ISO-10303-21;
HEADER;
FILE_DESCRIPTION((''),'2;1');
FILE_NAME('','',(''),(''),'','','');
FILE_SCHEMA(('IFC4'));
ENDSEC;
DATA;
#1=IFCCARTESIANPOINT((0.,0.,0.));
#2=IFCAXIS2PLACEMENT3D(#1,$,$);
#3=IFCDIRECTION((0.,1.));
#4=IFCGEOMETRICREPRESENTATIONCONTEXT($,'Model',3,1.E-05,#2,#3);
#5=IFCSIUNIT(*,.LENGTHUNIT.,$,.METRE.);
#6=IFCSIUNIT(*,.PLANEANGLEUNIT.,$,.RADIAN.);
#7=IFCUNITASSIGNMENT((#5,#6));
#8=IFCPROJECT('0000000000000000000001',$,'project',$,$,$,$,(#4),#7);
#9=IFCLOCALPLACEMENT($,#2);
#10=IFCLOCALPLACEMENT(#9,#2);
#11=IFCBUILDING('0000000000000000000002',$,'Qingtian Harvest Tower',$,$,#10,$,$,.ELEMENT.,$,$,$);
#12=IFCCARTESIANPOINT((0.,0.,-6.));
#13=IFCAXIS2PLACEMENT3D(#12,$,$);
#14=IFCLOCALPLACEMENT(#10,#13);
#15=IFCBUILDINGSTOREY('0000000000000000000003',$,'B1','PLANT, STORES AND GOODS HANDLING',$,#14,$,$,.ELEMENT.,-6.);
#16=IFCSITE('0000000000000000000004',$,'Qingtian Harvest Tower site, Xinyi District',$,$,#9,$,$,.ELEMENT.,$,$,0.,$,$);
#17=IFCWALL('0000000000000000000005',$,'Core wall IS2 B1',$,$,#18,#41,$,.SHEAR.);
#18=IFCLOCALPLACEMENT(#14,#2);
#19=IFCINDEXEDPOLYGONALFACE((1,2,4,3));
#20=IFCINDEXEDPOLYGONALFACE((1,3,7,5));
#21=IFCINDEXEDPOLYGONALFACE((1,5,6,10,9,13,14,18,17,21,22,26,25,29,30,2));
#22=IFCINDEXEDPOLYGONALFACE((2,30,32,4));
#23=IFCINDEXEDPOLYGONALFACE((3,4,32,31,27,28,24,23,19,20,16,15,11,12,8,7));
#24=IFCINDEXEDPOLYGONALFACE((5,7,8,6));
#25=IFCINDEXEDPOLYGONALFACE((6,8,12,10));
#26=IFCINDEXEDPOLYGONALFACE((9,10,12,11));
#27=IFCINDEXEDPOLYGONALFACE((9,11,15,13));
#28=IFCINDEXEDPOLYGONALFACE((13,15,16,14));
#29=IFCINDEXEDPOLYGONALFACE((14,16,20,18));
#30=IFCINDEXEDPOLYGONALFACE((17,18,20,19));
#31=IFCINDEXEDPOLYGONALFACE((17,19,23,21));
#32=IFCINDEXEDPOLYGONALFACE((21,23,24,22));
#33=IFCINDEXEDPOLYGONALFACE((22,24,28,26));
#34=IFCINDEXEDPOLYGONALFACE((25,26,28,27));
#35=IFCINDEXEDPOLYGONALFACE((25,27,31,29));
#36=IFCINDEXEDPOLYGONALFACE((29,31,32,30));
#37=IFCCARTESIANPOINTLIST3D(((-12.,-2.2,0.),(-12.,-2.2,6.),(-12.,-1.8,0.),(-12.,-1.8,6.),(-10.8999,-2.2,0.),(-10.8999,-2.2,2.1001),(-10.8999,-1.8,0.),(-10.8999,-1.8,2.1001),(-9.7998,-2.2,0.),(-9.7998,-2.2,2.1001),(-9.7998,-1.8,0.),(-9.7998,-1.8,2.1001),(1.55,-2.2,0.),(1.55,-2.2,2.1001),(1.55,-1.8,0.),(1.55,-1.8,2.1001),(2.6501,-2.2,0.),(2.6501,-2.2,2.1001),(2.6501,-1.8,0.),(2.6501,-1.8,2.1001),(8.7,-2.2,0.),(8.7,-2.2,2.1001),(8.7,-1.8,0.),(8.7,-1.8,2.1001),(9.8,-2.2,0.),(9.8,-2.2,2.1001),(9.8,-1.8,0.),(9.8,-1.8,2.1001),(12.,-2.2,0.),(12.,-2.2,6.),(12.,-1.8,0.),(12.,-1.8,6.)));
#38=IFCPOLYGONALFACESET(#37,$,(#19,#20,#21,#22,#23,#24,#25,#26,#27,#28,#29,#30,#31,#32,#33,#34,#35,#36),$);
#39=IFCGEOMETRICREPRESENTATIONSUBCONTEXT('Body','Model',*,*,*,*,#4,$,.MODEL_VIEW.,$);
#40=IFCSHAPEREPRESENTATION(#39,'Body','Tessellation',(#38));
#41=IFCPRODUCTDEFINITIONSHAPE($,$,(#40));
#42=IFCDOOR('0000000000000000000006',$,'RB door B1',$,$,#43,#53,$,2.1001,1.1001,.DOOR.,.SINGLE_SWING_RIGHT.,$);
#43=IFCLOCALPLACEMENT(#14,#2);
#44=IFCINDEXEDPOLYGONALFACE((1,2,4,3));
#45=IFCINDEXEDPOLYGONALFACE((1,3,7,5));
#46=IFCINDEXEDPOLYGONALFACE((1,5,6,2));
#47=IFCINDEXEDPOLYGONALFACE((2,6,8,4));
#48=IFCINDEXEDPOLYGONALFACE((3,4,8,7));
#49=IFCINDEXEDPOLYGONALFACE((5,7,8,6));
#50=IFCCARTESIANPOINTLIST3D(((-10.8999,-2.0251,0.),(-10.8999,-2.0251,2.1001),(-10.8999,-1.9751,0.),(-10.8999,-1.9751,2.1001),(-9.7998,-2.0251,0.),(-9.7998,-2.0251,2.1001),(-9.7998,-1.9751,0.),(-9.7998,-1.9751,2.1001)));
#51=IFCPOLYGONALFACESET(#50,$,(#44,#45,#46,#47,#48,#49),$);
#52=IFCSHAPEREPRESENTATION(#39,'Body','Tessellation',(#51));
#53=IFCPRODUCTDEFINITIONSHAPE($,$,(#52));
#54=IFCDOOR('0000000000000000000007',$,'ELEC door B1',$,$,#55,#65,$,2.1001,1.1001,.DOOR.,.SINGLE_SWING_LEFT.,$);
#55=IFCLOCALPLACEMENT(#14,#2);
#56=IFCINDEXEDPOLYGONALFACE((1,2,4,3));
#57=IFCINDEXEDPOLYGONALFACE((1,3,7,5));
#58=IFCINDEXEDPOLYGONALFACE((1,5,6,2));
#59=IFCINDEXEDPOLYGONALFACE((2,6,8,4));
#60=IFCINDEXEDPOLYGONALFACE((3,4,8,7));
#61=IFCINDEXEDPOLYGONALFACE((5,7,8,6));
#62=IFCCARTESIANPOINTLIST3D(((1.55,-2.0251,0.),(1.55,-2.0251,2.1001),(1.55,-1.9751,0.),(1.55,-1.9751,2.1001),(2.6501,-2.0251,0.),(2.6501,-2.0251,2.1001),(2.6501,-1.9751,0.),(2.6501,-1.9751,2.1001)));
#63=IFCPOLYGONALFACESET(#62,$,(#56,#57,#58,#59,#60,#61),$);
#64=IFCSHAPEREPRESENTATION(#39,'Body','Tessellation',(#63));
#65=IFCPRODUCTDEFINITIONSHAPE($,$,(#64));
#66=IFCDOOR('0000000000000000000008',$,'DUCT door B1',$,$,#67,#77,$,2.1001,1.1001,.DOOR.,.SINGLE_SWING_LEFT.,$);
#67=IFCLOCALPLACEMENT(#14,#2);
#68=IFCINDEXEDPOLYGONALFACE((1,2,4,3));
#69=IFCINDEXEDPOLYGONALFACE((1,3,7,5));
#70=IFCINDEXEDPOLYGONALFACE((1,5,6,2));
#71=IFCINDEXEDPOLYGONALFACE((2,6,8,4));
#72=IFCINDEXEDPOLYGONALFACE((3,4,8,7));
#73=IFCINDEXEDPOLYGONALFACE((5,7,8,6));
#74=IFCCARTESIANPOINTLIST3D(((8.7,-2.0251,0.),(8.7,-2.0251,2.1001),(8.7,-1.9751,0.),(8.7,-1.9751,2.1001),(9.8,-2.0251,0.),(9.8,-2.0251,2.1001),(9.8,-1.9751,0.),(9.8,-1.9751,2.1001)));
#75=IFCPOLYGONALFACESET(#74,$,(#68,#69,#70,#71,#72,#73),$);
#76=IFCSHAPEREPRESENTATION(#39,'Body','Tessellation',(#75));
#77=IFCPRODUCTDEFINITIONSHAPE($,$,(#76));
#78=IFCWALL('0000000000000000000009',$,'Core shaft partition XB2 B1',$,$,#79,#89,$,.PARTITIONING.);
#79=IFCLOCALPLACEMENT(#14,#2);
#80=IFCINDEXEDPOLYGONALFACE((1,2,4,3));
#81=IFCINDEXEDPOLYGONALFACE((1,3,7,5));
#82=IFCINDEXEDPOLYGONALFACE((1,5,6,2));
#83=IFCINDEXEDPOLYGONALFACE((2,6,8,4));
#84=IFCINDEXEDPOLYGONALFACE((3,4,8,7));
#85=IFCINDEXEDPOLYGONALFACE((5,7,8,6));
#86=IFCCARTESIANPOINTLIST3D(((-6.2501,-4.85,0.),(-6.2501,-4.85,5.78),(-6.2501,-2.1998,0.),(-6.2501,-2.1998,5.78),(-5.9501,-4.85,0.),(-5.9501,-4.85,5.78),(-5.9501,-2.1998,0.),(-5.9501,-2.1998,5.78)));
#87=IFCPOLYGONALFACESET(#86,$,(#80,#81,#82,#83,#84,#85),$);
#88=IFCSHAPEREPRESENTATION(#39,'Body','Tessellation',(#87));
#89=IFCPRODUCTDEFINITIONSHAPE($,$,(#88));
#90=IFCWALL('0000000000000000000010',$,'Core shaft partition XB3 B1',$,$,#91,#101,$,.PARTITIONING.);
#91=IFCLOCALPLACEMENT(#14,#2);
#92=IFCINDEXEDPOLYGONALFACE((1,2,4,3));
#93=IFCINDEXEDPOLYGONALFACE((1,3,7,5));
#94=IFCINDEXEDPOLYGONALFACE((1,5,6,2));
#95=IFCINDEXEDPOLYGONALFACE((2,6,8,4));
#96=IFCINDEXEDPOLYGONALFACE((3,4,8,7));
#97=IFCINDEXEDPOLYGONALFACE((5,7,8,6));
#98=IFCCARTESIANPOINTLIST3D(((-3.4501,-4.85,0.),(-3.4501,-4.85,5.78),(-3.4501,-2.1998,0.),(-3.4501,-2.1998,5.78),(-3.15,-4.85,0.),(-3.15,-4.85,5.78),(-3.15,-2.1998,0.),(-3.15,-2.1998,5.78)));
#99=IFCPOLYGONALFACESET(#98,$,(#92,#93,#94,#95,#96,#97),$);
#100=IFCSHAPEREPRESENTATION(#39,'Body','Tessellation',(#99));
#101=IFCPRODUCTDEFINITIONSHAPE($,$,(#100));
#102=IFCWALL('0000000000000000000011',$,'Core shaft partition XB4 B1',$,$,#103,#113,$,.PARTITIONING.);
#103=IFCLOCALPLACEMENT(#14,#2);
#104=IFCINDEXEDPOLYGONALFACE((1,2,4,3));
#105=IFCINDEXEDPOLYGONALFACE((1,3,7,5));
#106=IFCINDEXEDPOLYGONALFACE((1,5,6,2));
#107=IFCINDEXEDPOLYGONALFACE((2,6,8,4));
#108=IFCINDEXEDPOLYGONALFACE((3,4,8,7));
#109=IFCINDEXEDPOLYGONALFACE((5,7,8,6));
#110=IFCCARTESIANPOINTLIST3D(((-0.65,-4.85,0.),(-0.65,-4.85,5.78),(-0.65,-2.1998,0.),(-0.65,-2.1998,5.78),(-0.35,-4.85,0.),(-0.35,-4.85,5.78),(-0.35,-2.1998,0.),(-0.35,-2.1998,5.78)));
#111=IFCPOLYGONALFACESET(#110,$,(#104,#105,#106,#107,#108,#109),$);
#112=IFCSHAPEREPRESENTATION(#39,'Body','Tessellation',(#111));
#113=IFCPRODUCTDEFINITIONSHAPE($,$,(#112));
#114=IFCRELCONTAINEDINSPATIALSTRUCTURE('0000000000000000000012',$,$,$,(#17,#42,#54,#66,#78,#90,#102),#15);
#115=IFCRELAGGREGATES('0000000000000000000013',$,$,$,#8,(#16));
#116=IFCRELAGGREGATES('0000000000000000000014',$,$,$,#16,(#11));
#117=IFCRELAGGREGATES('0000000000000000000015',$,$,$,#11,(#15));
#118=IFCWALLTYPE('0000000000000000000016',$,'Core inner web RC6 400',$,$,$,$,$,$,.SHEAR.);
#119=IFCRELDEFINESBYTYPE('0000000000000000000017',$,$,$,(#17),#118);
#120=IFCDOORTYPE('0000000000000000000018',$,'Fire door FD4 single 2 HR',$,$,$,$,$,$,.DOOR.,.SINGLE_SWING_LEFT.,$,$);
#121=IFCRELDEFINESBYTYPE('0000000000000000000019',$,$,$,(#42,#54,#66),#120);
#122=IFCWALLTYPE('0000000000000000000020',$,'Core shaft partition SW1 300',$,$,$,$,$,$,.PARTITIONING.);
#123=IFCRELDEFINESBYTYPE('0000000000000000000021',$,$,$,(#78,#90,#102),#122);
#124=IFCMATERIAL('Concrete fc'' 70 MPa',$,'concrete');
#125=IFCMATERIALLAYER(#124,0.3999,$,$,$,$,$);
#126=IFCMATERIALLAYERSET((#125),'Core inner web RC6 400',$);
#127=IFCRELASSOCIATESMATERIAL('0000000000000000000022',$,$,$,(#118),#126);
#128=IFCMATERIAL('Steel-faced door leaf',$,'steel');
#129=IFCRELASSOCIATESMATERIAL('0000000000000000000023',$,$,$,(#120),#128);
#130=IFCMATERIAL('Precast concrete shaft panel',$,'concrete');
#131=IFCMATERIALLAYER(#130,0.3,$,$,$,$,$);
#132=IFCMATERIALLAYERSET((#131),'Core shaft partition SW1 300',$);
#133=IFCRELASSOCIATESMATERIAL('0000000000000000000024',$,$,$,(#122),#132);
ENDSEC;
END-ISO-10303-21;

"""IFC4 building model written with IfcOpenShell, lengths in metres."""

from ifc_helpers import new_model, si_unit, direction, frame, frame_2d, origin, place, context, subcontext, project, spatial, rectangle, extrude, material, layer, layer_set, type_object, element, fill, save


model = new_model("IFC4")

# Units and contexts
model_context = context("Model", 3, precision=1e-05, world=origin(), true_north=direction((0.0, 1.0)))
body_context = subcontext(model_context, "Body", "Model", "MODEL_VIEW")
ifc_project = project(units=[si_unit("LENGTHUNIT", "METRE"), si_unit("PLANEANGLEUNIT", "RADIAN")], contexts=[model_context])

# Site, building, storey
site_placement = place(None, origin())
site = spatial("IfcSite", under=ifc_project, at=site_placement, Name="Qingtian Harvest Tower site, Xinyi District", CompositionType="ELEMENT", RefElevation=0.0)
building_placement = place(site_placement, origin())
building = spatial("IfcBuilding", under=site, at=building_placement, Name="Qingtian Harvest Tower", CompositionType="ELEMENT")
storey_placement = place(building_placement, frame((0.0, 0.0, -6.0)))
storey = spatial("IfcBuildingStorey", under=building, at=storey_placement, Name="B1", Description="PLANT, STORES AND GOODS HANDLING", CompositionType="ELEMENT", Elevation=-6.0)

# Wall, openings, doors
ifc_material_1 = material(Name="Concrete fc' 70 MPa", Category="concrete")
ifc_layer_1 = layer(ifc_material_1, 0.3999)
ifc_layer_set_1 = layer_set([ifc_layer_1], Name="Core inner web RC6 400")
wall_type_1 = type_object("IfcWallType", Name="Core inner web RC6 400", PredefinedType="SHEAR", material=ifc_layer_set_1)
wall_placement = place(storey_placement, frame((-12.0, -2.0, 0.0), z_axis=(0.0, 0.0, 1.0), x_axis=(1.0, 0.0, 0.0)))
wall = element("IfcWall", 1, at=wall_placement, inside=storey, type_object=wall_type_1, Name="Core wall IS2 B1", PredefinedType="SHEAR", context=body_context, shape_type="SweptSolid", body=[
    extrude(rectangle(XDim=24.0, YDim=0.3999, at=frame_2d((12.0, 0.0))), origin(), (0.0, 0.0, 1.0), 6.0),
])
opening_1_placement = place(wall_placement, frame((1.1001, 0.0, 0.0)))
opening_1 = element("IfcOpeningElement", 2, at=opening_1_placement, cuts=wall, PredefinedType="OPENING", context=body_context, shape_type="SweptSolid", body=[
    extrude(rectangle(XDim=1.1001, YDim=2.1001, at=frame_2d((0.55, 1.05))), frame((0.0, 0.21, 0.0), z_axis=(0.0, -1.0, 0.0), x_axis=(1.0, 0.0, 0.0)), (0.0, 0.0, 1.0), 0.4199),
])
opening_2_placement = place(wall_placement, frame((13.55, 0.0, 0.0)))
opening_2 = element("IfcOpeningElement", 3, at=opening_2_placement, cuts=wall, PredefinedType="OPENING", context=body_context, shape_type="SweptSolid", body=[
    extrude(rectangle(XDim=1.1001, YDim=2.1001, at=frame_2d((0.55, 1.05))), frame((0.0, 0.21, 0.0), z_axis=(0.0, -1.0, 0.0), x_axis=(1.0, 0.0, 0.0)), (0.0, 0.0, 1.0), 0.4199),
])
opening_3_placement = place(wall_placement, frame((20.7, 0.0, 0.0)))
opening_3 = element("IfcOpeningElement", 4, at=opening_3_placement, cuts=wall, PredefinedType="OPENING", context=body_context, shape_type="SweptSolid", body=[
    extrude(rectangle(XDim=1.1001, YDim=2.1001, at=frame_2d((0.55, 1.05))), frame((0.0, 0.21, 0.0), z_axis=(0.0, -1.0, 0.0), x_axis=(1.0, 0.0, 0.0)), (0.0, 0.0, 1.0), 0.4199),
])
ifc_material_2 = material(Name="Steel-faced door leaf", Category="steel")
door_type = type_object("IfcDoorType", Name="Fire door FD4 single 2 HR", OperationType="SINGLE_SWING_LEFT", PredefinedType="DOOR", material=ifc_material_2)
door_1_placement = place(opening_1_placement, origin())
door_1 = element("IfcDoor", 5, at=door_1_placement, inside=storey, type_object=door_type, Name="RB door B1", OperationType="SINGLE_SWING_RIGHT", OverallHeight=2.1001, OverallWidth=1.1001, PredefinedType="DOOR", context=body_context, shape_type="SweptSolid", body=[
    extrude(rectangle(XDim=1.1001, YDim=2.1001, at=frame_2d((0.55, 1.05))), frame((0.0, 0.0249, 0.0), z_axis=(0.0, -1.0, 0.0), x_axis=(1.0, 0.0, 0.0)), (0.0, 0.0, 1.0), 0.05),
])
fill(opening_1, door_1)
door_2_placement = place(opening_2_placement, origin())
door_2 = element("IfcDoor", 6, at=door_2_placement, inside=storey, type_object=door_type, Name="ELEC door B1", OperationType="SINGLE_SWING_LEFT", OverallHeight=2.1001, OverallWidth=1.1001, PredefinedType="DOOR", context=body_context, shape_type="SweptSolid", body=[
    extrude(rectangle(XDim=1.1001, YDim=2.1001, at=frame_2d((0.55, 1.05))), frame((0.0, 0.0249, 0.0), z_axis=(0.0, -1.0, 0.0), x_axis=(1.0, 0.0, 0.0)), (0.0, 0.0, 1.0), 0.05),
])
fill(opening_2, door_2)
door_3_placement = place(opening_3_placement, origin())
door_3 = element("IfcDoor", 7, at=door_3_placement, inside=storey, type_object=door_type, Name="DUCT door B1", OperationType="SINGLE_SWING_LEFT", OverallHeight=2.1001, OverallWidth=1.1001, PredefinedType="DOOR", context=body_context, shape_type="SweptSolid", body=[
    extrude(rectangle(XDim=1.1001, YDim=2.1001, at=frame_2d((0.55, 1.05))), frame((0.0, 0.0249, 0.0), z_axis=(0.0, -1.0, 0.0), x_axis=(1.0, 0.0, 0.0)), (0.0, 0.0, 1.0), 0.05),
])
fill(opening_3, door_3)

# Walls
ifc_material_3 = material(Name="Precast concrete shaft panel", Category="concrete")
ifc_layer_2 = layer(ifc_material_3, 0.3)
ifc_layer_set_2 = layer_set([ifc_layer_2], Name="Core shaft partition SW1 300")
wall_type_2 = type_object("IfcWallType", Name="Core shaft partition SW1 300", PredefinedType="PARTITIONING", material=ifc_layer_set_2)
for number, where, z_axis, x_axis, name in (
    (8, (-6.1001, -4.8501, 0.0), (0.0, 0.0, 1.0), (0.0, 1.0, 0.0), "Core shaft partition XB2 B1"),
    (9, (-3.3, -4.8501, 0.0), (0.0, 0.0, 1.0), (0.0, 1.0, 0.0), "Core shaft partition XB3 B1"),
    (10, (-0.5, -4.8501, 0.0), (0.0, 0.0, 1.0), (0.0, 1.0, 0.0), "Core shaft partition XB4 B1"),
):
    element("IfcWall", number, at=place(storey_placement, frame(where, z_axis=z_axis, x_axis=x_axis)), inside=storey, type_object=wall_type_2, Name=name, PredefinedType="PARTITIONING", context=body_context, shape_type="SweptSolid", body=[
        extrude(rectangle(XDim=2.6501, YDim=0.3, at=frame_2d((1.3252, 0.0))), origin(), (0.0, 0.0, 1.0), 5.78),
    ])

save(model, "model.ifc")
